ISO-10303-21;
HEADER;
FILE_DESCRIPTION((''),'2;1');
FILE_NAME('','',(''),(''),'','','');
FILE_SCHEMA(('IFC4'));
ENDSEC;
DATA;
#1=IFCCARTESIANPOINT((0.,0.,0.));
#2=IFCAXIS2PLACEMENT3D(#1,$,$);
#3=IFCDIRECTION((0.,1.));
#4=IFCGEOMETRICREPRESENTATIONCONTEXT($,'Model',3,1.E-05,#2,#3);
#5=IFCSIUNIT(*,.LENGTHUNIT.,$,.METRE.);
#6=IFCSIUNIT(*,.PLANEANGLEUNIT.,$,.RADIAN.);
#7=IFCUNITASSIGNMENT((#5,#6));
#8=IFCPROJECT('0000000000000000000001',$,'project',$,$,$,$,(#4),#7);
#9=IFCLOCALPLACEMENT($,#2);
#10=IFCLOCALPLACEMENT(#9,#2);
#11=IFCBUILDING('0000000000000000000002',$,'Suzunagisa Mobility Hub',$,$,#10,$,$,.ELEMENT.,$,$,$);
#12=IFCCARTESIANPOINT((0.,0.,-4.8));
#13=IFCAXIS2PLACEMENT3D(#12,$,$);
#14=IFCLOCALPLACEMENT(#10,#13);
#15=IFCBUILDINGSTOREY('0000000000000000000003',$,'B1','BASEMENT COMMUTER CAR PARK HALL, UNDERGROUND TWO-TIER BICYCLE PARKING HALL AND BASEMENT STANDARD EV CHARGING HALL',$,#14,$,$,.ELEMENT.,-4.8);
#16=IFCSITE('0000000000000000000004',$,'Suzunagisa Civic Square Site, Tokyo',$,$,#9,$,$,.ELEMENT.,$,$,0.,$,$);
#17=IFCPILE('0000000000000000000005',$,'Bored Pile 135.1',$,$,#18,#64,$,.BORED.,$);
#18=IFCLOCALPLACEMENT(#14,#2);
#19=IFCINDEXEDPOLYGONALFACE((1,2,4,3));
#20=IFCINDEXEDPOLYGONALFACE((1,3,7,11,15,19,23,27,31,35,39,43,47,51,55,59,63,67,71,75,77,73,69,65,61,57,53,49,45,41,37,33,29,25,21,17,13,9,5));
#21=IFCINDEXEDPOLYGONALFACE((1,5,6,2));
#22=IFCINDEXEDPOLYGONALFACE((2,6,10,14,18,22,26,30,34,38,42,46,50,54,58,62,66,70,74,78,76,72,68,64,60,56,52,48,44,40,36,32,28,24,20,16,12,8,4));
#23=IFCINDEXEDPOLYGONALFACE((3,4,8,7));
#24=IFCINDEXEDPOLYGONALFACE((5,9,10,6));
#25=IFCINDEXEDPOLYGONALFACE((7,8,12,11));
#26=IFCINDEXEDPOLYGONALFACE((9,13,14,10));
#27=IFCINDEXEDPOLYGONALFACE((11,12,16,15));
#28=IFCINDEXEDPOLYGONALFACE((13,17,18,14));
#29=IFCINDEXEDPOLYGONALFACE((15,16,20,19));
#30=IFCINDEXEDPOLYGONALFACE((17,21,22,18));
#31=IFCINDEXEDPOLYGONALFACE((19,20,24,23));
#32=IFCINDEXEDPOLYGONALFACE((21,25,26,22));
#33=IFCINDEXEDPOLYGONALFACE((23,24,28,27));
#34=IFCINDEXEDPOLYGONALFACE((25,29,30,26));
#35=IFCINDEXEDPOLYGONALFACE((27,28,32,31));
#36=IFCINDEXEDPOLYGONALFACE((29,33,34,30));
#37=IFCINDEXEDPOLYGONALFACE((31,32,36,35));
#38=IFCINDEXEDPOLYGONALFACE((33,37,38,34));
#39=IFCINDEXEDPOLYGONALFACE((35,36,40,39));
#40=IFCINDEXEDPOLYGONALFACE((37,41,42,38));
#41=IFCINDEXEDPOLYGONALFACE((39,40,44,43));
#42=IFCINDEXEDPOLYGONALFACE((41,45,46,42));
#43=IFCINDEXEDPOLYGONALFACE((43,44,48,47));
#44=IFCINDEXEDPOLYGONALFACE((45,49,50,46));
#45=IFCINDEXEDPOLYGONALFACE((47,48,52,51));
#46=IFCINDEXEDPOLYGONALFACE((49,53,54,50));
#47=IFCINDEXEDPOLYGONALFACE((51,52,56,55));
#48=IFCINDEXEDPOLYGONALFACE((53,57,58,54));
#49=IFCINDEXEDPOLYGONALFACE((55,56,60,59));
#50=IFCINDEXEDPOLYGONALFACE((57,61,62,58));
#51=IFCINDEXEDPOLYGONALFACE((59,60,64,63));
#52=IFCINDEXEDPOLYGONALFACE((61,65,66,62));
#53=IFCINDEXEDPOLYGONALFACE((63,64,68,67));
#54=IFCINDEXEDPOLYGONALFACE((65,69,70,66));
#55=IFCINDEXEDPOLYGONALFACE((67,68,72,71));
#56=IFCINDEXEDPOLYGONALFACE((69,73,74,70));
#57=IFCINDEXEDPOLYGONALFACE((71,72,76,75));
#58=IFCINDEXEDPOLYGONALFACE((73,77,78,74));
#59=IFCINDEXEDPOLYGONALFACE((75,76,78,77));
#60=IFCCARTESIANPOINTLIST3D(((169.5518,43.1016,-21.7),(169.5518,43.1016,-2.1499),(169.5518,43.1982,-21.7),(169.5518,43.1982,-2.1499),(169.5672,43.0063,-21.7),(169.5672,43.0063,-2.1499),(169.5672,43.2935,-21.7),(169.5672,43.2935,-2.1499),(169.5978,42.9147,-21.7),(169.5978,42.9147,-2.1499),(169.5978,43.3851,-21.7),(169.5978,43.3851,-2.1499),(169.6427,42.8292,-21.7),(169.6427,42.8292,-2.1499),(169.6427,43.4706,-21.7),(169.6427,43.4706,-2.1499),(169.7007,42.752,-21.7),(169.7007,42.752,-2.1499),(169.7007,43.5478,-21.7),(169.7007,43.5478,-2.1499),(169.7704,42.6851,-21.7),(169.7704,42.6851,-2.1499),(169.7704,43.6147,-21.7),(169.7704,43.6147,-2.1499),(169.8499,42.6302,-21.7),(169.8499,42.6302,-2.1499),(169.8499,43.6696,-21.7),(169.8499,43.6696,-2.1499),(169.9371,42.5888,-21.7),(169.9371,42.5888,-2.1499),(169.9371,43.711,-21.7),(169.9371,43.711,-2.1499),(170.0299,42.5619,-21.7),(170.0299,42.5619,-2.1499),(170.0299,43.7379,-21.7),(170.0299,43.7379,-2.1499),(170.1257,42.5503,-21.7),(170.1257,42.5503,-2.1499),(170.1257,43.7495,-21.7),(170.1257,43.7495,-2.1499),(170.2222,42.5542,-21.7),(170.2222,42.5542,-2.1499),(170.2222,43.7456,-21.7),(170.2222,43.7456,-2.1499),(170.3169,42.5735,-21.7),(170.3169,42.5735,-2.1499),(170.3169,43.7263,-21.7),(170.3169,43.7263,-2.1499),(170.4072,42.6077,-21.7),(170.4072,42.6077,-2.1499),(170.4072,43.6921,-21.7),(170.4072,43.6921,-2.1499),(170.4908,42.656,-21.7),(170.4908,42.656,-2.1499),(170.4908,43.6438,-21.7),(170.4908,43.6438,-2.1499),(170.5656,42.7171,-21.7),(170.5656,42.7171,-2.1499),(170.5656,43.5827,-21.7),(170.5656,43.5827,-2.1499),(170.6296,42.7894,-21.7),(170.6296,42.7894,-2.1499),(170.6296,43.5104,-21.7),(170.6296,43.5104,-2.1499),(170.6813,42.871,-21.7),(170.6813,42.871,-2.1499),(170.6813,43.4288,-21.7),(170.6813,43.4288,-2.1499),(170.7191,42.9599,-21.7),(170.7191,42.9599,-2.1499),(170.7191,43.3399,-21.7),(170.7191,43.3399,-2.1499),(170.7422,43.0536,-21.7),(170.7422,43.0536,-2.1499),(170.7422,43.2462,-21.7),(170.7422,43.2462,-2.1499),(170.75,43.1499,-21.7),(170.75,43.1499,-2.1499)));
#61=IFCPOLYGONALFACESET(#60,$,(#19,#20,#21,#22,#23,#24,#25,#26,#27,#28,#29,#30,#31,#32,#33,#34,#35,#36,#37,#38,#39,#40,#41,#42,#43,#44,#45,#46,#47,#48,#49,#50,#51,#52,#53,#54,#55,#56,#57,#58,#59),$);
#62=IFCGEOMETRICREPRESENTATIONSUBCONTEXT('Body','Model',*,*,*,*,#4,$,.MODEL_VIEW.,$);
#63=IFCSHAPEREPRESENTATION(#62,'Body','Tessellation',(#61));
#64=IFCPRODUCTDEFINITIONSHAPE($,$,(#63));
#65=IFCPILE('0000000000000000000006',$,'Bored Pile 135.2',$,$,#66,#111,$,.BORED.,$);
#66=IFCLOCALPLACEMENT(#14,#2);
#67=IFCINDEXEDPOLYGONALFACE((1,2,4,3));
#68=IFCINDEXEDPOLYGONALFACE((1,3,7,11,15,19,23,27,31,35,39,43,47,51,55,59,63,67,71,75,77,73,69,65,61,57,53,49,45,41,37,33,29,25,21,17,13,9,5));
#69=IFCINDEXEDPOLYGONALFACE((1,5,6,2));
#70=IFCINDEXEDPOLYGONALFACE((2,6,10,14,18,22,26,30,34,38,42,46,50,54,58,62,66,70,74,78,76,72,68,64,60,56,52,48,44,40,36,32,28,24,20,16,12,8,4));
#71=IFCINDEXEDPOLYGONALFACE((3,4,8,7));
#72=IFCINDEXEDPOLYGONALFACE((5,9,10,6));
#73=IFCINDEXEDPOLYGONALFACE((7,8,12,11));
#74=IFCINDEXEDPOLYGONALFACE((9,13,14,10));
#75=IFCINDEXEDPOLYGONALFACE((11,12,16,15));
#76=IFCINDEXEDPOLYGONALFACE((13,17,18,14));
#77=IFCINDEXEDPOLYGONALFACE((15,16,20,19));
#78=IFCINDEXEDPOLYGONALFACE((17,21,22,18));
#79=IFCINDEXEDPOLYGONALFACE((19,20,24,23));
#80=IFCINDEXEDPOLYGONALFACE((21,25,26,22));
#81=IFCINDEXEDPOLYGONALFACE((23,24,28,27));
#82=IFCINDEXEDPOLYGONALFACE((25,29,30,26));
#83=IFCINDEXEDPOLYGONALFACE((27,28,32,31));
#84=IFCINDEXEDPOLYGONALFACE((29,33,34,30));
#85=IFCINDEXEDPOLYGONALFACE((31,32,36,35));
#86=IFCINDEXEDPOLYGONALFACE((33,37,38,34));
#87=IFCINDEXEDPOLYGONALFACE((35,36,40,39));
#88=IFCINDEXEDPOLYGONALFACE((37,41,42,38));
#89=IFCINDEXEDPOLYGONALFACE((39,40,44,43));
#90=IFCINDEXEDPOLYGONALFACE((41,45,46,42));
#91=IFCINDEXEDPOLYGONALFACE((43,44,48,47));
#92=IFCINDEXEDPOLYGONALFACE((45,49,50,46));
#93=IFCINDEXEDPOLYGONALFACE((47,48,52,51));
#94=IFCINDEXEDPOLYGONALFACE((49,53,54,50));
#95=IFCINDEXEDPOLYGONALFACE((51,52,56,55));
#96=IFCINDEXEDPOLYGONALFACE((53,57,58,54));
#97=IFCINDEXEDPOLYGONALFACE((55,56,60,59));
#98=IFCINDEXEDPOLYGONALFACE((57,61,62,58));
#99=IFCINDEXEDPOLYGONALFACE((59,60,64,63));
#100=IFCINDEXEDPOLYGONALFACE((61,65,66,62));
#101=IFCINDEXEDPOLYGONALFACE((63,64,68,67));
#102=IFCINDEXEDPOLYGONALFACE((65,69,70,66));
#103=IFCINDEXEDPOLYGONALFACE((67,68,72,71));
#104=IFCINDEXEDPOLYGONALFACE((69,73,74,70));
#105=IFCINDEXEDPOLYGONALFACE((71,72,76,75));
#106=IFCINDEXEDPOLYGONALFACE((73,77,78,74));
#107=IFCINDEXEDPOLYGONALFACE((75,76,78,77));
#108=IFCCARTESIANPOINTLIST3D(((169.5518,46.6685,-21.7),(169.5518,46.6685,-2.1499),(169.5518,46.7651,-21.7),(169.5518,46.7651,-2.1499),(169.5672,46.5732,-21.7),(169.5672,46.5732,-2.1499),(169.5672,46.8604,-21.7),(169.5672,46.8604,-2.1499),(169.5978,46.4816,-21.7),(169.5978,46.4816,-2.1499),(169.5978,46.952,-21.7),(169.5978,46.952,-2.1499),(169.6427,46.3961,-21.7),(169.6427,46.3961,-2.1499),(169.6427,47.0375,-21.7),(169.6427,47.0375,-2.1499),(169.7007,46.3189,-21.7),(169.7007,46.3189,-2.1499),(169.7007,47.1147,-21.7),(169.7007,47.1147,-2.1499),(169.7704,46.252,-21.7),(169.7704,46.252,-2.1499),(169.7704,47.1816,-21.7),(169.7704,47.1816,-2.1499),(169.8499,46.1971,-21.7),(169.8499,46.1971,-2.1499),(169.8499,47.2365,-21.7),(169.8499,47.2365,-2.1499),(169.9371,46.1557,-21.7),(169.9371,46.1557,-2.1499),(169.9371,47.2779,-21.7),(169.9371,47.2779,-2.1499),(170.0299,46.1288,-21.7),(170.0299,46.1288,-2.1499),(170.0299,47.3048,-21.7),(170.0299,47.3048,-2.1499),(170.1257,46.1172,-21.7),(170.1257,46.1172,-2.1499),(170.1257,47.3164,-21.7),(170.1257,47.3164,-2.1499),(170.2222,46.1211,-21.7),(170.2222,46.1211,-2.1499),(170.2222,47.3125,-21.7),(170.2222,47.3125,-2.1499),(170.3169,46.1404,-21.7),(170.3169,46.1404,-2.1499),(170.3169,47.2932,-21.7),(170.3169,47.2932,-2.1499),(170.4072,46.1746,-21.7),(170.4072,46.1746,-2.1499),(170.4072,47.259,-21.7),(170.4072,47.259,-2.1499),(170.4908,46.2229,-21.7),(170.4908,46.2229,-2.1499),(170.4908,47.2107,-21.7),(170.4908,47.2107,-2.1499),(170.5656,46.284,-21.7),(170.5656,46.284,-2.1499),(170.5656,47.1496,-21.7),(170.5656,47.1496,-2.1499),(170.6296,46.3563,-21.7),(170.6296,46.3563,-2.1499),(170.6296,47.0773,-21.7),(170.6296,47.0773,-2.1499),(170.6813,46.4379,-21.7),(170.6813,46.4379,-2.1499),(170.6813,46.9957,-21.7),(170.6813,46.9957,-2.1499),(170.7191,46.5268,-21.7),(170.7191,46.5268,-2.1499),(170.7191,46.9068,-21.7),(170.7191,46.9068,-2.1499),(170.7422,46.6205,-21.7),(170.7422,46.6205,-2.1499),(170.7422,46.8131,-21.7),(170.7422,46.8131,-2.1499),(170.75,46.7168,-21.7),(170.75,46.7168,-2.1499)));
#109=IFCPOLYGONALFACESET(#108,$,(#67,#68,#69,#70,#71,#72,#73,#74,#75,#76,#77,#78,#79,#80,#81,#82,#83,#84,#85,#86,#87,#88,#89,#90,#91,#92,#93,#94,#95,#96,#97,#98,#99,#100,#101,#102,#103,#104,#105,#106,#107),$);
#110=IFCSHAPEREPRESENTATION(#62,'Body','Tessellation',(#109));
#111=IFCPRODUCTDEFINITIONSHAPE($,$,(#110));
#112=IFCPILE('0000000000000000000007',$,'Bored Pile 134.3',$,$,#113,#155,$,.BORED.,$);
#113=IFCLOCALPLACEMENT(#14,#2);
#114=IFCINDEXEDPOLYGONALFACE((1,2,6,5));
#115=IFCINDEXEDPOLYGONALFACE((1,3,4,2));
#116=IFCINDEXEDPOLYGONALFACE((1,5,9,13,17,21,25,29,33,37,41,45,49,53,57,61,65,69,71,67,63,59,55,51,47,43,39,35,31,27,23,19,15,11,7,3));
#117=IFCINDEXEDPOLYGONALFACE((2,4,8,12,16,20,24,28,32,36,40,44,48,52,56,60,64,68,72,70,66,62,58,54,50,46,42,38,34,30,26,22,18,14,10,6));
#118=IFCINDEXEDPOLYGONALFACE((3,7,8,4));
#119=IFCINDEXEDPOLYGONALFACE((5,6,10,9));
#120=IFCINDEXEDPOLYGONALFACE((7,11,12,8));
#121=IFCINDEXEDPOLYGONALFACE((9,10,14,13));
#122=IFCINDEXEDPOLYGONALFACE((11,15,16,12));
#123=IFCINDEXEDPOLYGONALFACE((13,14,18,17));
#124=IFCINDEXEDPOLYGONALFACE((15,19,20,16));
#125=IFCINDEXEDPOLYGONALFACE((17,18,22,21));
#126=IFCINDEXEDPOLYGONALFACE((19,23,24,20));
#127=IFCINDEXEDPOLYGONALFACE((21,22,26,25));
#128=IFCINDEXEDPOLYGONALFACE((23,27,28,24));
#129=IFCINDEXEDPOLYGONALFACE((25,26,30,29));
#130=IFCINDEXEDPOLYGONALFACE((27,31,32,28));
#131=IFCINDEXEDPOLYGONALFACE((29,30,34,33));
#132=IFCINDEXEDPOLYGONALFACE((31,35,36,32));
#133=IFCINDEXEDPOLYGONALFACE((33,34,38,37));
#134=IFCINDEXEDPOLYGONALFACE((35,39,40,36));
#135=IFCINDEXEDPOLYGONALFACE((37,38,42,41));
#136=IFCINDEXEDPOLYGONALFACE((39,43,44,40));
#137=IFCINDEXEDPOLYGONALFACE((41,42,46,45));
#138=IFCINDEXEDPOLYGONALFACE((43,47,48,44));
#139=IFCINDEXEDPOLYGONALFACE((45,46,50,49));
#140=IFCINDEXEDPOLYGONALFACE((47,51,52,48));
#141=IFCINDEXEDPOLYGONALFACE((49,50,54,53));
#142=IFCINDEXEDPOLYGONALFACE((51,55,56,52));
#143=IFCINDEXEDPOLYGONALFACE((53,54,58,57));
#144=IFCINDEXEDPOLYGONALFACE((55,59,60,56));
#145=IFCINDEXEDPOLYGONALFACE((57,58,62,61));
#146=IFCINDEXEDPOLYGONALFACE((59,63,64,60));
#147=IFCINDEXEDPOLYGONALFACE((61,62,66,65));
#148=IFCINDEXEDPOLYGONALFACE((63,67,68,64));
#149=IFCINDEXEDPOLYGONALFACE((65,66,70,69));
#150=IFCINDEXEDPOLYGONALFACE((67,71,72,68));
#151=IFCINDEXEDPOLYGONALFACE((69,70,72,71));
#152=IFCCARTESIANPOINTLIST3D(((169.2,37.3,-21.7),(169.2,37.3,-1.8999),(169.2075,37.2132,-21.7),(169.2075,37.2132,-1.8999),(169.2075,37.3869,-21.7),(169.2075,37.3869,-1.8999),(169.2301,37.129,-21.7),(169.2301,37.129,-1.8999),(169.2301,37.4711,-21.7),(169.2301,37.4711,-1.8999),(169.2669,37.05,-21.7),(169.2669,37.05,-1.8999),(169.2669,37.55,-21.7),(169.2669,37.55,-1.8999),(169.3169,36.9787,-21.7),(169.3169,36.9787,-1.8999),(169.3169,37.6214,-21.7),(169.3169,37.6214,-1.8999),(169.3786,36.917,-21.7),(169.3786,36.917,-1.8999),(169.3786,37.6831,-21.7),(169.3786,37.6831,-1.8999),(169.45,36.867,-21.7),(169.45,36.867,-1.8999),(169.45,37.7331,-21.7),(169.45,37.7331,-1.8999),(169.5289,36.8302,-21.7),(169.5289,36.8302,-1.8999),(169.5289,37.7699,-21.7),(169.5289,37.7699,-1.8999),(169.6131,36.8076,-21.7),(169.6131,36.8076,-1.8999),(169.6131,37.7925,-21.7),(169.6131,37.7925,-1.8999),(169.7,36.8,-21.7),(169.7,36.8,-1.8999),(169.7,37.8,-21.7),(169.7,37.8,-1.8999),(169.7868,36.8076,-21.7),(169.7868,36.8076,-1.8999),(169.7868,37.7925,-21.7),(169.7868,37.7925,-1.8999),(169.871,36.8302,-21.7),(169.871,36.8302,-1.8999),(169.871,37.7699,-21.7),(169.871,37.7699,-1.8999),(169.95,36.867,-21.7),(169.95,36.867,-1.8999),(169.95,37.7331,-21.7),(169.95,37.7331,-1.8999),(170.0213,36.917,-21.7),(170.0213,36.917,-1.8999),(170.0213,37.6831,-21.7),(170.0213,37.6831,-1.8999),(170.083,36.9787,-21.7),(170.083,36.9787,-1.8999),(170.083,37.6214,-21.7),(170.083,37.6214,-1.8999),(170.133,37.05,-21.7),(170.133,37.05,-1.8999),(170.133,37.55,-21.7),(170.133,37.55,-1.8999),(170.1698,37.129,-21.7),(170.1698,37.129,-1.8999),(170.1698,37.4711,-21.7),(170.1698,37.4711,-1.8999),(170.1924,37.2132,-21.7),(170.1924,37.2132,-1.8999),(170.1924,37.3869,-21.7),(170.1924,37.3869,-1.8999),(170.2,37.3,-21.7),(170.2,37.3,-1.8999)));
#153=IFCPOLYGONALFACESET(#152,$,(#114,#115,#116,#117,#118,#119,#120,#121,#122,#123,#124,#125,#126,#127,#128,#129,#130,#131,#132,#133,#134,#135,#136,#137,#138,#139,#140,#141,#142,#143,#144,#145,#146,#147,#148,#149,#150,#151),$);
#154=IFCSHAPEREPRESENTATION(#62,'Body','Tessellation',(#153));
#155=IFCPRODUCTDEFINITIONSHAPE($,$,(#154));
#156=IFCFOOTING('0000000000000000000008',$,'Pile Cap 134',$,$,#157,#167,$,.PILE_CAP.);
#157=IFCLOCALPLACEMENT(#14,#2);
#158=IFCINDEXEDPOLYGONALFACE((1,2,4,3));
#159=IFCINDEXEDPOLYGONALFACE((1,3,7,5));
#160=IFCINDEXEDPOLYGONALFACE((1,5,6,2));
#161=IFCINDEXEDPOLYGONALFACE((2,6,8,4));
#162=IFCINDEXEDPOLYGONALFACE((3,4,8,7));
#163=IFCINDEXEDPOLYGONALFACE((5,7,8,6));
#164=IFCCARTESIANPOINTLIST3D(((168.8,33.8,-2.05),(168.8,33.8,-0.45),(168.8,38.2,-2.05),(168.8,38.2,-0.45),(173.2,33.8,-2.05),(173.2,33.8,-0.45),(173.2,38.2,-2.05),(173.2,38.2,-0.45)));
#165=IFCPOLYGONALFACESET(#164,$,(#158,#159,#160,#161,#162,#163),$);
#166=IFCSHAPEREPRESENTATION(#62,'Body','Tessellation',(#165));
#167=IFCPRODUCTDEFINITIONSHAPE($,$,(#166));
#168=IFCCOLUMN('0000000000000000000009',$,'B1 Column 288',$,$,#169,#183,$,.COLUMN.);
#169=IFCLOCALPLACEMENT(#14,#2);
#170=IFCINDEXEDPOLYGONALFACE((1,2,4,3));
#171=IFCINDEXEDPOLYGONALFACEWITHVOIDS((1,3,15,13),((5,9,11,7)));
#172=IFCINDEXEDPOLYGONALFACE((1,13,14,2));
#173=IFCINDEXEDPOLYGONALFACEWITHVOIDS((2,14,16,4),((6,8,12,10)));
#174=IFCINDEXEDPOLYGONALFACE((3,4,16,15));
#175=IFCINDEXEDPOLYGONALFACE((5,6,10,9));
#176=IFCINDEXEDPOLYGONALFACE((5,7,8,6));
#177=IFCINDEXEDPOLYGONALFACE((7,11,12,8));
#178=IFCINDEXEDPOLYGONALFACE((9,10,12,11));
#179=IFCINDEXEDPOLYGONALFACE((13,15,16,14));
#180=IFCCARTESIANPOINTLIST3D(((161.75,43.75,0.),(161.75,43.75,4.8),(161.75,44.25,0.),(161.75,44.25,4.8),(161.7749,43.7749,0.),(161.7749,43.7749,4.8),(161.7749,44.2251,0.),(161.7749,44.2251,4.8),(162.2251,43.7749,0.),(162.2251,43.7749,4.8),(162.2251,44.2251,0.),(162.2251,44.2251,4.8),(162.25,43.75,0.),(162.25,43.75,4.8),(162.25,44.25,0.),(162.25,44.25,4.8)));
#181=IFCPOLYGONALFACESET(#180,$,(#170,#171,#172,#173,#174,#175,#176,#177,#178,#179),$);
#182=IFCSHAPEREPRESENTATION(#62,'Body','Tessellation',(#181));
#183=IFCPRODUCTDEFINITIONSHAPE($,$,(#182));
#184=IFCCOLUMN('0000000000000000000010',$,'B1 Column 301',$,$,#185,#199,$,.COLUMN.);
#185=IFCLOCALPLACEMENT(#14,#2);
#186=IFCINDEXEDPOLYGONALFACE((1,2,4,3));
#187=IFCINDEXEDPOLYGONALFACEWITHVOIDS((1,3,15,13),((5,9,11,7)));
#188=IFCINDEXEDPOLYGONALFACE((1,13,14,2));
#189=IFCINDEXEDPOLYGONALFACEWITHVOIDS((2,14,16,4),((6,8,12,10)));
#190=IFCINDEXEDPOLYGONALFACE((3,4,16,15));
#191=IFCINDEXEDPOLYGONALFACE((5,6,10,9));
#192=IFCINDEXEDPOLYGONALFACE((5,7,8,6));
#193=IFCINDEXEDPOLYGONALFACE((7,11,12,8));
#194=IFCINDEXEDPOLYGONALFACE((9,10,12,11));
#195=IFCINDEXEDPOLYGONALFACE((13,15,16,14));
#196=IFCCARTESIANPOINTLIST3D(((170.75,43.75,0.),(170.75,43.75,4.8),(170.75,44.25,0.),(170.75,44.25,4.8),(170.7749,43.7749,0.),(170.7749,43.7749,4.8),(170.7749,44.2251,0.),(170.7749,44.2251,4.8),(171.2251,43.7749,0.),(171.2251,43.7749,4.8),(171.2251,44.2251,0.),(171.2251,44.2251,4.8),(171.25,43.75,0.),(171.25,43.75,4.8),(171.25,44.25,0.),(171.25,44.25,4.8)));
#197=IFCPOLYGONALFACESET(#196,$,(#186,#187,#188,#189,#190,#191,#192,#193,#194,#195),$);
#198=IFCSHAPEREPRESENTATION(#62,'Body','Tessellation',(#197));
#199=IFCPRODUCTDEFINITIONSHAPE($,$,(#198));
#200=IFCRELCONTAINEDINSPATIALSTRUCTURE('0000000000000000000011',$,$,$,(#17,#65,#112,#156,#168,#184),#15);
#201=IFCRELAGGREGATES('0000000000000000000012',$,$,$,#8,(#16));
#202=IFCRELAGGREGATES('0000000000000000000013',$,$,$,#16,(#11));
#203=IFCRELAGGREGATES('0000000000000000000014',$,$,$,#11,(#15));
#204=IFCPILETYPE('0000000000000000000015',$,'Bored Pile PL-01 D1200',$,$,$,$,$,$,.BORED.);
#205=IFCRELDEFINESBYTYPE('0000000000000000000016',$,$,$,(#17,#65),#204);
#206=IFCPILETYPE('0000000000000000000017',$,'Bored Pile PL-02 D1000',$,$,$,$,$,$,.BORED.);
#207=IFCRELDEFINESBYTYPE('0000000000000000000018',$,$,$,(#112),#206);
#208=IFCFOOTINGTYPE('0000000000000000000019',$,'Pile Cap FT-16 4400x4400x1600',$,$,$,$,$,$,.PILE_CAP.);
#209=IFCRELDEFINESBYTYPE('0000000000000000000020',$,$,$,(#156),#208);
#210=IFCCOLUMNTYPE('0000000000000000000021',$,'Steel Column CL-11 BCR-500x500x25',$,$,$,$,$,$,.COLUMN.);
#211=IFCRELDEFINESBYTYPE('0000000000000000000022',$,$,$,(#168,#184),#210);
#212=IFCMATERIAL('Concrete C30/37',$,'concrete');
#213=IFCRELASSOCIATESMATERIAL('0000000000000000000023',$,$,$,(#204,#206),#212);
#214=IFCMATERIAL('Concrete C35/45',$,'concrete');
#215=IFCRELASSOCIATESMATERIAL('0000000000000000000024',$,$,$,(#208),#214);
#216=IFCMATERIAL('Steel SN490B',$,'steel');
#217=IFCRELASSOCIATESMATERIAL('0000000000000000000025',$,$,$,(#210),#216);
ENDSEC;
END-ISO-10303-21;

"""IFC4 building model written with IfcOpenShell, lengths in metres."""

from ifc_helpers import new_model, si_unit, direction, frame, origin, origin_2d, place, context, subcontext, project, spatial, rectangle, hollow_rectangle, circle, extrude, material, material_profile, profile_set, type_object, element, save


model = new_model("IFC4")

# Units and contexts
model_context = context("Model", 3, precision=1e-05, world=origin(), true_north=direction((0.0, 1.0)))
body_context = subcontext(model_context, "Body", "Model", "MODEL_VIEW")
ifc_project = project(units=[si_unit("LENGTHUNIT", "METRE"), si_unit("PLANEANGLEUNIT", "RADIAN")], contexts=[model_context])

# Site, building, storey
site_placement = place(None, origin())
site = spatial("IfcSite", under=ifc_project, at=site_placement, Name="Suzunagisa Civic Square Site, Tokyo", CompositionType="ELEMENT", RefElevation=0.0)
building_placement = place(site_placement, origin())
building = spatial("IfcBuilding", under=site, at=building_placement, Name="Suzunagisa Mobility Hub", CompositionType="ELEMENT")
storey_placement = place(building_placement, frame((0.0, 0.0, -4.8)))
storey = spatial("IfcBuildingStorey", under=building, at=storey_placement, Name="B1", Description="BASEMENT COMMUTER CAR PARK HALL, UNDERGROUND TWO-TIER BICYCLE PARKING HALL AND BASEMENT STANDARD EV CHARGING HALL", CompositionType="ELEMENT", Elevation=-4.8)

# Piles
ifc_material_1 = material(Name="Concrete C30/37", Category="concrete")
ifc_material_profile_1 = material_profile(ifc_material_1, circle(Radius=0.6001, at=origin_2d()), Name="BORED PILE D1200")
ifc_profile_set_1 = profile_set([ifc_material_profile_1], Name="Concrete C30/37")
pile_type_1 = type_object("IfcPileType", Name="Bored Pile PL-01 D1200", PredefinedType="BORED", material=ifc_profile_set_1)
for number, where, z_axis, x_axis, name in (
    (1, (170.1499, 43.1499, -2.1499), (0.0, 0.0, -1.0), (1.0, 0.0, 0.0), "Bored Pile 135.1"),
    (2, (170.1499, 46.7168, -2.1499), (0.0, 0.0, -1.0), (1.0, 0.0, 0.0), "Bored Pile 135.2"),
):
    element("IfcPile", number, at=place(storey_placement, frame(where, z_axis=z_axis, x_axis=x_axis)), inside=storey, type_object=pile_type_1, Name=name, PredefinedType="BORED", context=body_context, shape_type="SweptSolid", body=[
        extrude(circle(Radius=0.6001, at=origin_2d()), origin(), (0.0, 0.0, 1.0), 19.55),
    ])
ifc_material_profile_2 = material_profile(ifc_material_1, circle(Radius=0.5, at=origin_2d()), Name="BORED PILE D1000")
ifc_profile_set_2 = profile_set([ifc_material_profile_2], Name="Concrete C30/37")
pile_type_2 = type_object("IfcPileType", Name="Bored Pile PL-02 D1000", PredefinedType="BORED", material=ifc_profile_set_2)
pile_placement = place(storey_placement, frame((169.7, 37.3, -1.8999), z_axis=(0.0, 0.0, -1.0), x_axis=(1.0, 0.0, 0.0)))
element("IfcPile", 3, at=pile_placement, inside=storey, type_object=pile_type_2, Name="Bored Pile 134.3", PredefinedType="BORED", context=body_context, shape_type="SweptSolid", body=[
    extrude(circle(Radius=0.5, at=origin_2d()), origin(), (0.0, 0.0, 1.0), 19.8),
])

# Footing
ifc_material_2 = material(Name="Concrete C35/45", Category="concrete")
footing_type = type_object("IfcFootingType", Name="Pile Cap FT-16 4400x4400x1600", PredefinedType="PILE_CAP", material=ifc_material_2)
footing_placement = place(storey_placement, frame((171.0, 36.0, -2.05), z_axis=(0.0, 0.0, 1.0), x_axis=(1.0, 0.0, 0.0)))
element("IfcFooting", 4, at=footing_placement, inside=storey, type_object=footing_type, Name="Pile Cap 134", PredefinedType="PILE_CAP", context=body_context, shape_type="SweptSolid", body=[
    extrude(rectangle(XDim=4.3999, YDim=4.3999, at=origin_2d()), origin(), (0.0, 0.0, 1.0), 1.6001),
])

# Columns
ifc_material_3 = material(Name="Steel SN490B", Category="steel")
ifc_material_profile_3 = material_profile(ifc_material_3, hollow_rectangle(XDim=0.5, YDim=0.5, WallThickness=0.0249, at=origin_2d()), Name="BCR-500x500x25")
ifc_profile_set_3 = profile_set([ifc_material_profile_3], Name="Steel SN490B")
column_type_1 = type_object("IfcColumnType", Name="Steel Column CL-11 BCR-500x500x25", PredefinedType="COLUMN", material=ifc_profile_set_3)
for number, where, z_axis, x_axis, name in (
    (5, (162.0, 44.0, 0.0), (0.0, 0.0, 1.0), (1.0, 0.0, 0.0), "B1 Column 288"),
    (6, (171.0, 44.0, 0.0), (0.0, 0.0, 1.0), (1.0, 0.0, 0.0), "B1 Column 301"),
):
    element("IfcColumn", number, at=place(storey_placement, frame(where, z_axis=z_axis, x_axis=x_axis)), inside=storey, type_object=column_type_1, Name=name, PredefinedType="COLUMN", context=body_context, shape_type="SweptSolid", body=[
        extrude(hollow_rectangle(XDim=0.5, YDim=0.5, WallThickness=0.0249, at=origin_2d()), origin(), (0.0, 0.0, 1.0), 4.8),
    ])

save(model, "model.ifc")
